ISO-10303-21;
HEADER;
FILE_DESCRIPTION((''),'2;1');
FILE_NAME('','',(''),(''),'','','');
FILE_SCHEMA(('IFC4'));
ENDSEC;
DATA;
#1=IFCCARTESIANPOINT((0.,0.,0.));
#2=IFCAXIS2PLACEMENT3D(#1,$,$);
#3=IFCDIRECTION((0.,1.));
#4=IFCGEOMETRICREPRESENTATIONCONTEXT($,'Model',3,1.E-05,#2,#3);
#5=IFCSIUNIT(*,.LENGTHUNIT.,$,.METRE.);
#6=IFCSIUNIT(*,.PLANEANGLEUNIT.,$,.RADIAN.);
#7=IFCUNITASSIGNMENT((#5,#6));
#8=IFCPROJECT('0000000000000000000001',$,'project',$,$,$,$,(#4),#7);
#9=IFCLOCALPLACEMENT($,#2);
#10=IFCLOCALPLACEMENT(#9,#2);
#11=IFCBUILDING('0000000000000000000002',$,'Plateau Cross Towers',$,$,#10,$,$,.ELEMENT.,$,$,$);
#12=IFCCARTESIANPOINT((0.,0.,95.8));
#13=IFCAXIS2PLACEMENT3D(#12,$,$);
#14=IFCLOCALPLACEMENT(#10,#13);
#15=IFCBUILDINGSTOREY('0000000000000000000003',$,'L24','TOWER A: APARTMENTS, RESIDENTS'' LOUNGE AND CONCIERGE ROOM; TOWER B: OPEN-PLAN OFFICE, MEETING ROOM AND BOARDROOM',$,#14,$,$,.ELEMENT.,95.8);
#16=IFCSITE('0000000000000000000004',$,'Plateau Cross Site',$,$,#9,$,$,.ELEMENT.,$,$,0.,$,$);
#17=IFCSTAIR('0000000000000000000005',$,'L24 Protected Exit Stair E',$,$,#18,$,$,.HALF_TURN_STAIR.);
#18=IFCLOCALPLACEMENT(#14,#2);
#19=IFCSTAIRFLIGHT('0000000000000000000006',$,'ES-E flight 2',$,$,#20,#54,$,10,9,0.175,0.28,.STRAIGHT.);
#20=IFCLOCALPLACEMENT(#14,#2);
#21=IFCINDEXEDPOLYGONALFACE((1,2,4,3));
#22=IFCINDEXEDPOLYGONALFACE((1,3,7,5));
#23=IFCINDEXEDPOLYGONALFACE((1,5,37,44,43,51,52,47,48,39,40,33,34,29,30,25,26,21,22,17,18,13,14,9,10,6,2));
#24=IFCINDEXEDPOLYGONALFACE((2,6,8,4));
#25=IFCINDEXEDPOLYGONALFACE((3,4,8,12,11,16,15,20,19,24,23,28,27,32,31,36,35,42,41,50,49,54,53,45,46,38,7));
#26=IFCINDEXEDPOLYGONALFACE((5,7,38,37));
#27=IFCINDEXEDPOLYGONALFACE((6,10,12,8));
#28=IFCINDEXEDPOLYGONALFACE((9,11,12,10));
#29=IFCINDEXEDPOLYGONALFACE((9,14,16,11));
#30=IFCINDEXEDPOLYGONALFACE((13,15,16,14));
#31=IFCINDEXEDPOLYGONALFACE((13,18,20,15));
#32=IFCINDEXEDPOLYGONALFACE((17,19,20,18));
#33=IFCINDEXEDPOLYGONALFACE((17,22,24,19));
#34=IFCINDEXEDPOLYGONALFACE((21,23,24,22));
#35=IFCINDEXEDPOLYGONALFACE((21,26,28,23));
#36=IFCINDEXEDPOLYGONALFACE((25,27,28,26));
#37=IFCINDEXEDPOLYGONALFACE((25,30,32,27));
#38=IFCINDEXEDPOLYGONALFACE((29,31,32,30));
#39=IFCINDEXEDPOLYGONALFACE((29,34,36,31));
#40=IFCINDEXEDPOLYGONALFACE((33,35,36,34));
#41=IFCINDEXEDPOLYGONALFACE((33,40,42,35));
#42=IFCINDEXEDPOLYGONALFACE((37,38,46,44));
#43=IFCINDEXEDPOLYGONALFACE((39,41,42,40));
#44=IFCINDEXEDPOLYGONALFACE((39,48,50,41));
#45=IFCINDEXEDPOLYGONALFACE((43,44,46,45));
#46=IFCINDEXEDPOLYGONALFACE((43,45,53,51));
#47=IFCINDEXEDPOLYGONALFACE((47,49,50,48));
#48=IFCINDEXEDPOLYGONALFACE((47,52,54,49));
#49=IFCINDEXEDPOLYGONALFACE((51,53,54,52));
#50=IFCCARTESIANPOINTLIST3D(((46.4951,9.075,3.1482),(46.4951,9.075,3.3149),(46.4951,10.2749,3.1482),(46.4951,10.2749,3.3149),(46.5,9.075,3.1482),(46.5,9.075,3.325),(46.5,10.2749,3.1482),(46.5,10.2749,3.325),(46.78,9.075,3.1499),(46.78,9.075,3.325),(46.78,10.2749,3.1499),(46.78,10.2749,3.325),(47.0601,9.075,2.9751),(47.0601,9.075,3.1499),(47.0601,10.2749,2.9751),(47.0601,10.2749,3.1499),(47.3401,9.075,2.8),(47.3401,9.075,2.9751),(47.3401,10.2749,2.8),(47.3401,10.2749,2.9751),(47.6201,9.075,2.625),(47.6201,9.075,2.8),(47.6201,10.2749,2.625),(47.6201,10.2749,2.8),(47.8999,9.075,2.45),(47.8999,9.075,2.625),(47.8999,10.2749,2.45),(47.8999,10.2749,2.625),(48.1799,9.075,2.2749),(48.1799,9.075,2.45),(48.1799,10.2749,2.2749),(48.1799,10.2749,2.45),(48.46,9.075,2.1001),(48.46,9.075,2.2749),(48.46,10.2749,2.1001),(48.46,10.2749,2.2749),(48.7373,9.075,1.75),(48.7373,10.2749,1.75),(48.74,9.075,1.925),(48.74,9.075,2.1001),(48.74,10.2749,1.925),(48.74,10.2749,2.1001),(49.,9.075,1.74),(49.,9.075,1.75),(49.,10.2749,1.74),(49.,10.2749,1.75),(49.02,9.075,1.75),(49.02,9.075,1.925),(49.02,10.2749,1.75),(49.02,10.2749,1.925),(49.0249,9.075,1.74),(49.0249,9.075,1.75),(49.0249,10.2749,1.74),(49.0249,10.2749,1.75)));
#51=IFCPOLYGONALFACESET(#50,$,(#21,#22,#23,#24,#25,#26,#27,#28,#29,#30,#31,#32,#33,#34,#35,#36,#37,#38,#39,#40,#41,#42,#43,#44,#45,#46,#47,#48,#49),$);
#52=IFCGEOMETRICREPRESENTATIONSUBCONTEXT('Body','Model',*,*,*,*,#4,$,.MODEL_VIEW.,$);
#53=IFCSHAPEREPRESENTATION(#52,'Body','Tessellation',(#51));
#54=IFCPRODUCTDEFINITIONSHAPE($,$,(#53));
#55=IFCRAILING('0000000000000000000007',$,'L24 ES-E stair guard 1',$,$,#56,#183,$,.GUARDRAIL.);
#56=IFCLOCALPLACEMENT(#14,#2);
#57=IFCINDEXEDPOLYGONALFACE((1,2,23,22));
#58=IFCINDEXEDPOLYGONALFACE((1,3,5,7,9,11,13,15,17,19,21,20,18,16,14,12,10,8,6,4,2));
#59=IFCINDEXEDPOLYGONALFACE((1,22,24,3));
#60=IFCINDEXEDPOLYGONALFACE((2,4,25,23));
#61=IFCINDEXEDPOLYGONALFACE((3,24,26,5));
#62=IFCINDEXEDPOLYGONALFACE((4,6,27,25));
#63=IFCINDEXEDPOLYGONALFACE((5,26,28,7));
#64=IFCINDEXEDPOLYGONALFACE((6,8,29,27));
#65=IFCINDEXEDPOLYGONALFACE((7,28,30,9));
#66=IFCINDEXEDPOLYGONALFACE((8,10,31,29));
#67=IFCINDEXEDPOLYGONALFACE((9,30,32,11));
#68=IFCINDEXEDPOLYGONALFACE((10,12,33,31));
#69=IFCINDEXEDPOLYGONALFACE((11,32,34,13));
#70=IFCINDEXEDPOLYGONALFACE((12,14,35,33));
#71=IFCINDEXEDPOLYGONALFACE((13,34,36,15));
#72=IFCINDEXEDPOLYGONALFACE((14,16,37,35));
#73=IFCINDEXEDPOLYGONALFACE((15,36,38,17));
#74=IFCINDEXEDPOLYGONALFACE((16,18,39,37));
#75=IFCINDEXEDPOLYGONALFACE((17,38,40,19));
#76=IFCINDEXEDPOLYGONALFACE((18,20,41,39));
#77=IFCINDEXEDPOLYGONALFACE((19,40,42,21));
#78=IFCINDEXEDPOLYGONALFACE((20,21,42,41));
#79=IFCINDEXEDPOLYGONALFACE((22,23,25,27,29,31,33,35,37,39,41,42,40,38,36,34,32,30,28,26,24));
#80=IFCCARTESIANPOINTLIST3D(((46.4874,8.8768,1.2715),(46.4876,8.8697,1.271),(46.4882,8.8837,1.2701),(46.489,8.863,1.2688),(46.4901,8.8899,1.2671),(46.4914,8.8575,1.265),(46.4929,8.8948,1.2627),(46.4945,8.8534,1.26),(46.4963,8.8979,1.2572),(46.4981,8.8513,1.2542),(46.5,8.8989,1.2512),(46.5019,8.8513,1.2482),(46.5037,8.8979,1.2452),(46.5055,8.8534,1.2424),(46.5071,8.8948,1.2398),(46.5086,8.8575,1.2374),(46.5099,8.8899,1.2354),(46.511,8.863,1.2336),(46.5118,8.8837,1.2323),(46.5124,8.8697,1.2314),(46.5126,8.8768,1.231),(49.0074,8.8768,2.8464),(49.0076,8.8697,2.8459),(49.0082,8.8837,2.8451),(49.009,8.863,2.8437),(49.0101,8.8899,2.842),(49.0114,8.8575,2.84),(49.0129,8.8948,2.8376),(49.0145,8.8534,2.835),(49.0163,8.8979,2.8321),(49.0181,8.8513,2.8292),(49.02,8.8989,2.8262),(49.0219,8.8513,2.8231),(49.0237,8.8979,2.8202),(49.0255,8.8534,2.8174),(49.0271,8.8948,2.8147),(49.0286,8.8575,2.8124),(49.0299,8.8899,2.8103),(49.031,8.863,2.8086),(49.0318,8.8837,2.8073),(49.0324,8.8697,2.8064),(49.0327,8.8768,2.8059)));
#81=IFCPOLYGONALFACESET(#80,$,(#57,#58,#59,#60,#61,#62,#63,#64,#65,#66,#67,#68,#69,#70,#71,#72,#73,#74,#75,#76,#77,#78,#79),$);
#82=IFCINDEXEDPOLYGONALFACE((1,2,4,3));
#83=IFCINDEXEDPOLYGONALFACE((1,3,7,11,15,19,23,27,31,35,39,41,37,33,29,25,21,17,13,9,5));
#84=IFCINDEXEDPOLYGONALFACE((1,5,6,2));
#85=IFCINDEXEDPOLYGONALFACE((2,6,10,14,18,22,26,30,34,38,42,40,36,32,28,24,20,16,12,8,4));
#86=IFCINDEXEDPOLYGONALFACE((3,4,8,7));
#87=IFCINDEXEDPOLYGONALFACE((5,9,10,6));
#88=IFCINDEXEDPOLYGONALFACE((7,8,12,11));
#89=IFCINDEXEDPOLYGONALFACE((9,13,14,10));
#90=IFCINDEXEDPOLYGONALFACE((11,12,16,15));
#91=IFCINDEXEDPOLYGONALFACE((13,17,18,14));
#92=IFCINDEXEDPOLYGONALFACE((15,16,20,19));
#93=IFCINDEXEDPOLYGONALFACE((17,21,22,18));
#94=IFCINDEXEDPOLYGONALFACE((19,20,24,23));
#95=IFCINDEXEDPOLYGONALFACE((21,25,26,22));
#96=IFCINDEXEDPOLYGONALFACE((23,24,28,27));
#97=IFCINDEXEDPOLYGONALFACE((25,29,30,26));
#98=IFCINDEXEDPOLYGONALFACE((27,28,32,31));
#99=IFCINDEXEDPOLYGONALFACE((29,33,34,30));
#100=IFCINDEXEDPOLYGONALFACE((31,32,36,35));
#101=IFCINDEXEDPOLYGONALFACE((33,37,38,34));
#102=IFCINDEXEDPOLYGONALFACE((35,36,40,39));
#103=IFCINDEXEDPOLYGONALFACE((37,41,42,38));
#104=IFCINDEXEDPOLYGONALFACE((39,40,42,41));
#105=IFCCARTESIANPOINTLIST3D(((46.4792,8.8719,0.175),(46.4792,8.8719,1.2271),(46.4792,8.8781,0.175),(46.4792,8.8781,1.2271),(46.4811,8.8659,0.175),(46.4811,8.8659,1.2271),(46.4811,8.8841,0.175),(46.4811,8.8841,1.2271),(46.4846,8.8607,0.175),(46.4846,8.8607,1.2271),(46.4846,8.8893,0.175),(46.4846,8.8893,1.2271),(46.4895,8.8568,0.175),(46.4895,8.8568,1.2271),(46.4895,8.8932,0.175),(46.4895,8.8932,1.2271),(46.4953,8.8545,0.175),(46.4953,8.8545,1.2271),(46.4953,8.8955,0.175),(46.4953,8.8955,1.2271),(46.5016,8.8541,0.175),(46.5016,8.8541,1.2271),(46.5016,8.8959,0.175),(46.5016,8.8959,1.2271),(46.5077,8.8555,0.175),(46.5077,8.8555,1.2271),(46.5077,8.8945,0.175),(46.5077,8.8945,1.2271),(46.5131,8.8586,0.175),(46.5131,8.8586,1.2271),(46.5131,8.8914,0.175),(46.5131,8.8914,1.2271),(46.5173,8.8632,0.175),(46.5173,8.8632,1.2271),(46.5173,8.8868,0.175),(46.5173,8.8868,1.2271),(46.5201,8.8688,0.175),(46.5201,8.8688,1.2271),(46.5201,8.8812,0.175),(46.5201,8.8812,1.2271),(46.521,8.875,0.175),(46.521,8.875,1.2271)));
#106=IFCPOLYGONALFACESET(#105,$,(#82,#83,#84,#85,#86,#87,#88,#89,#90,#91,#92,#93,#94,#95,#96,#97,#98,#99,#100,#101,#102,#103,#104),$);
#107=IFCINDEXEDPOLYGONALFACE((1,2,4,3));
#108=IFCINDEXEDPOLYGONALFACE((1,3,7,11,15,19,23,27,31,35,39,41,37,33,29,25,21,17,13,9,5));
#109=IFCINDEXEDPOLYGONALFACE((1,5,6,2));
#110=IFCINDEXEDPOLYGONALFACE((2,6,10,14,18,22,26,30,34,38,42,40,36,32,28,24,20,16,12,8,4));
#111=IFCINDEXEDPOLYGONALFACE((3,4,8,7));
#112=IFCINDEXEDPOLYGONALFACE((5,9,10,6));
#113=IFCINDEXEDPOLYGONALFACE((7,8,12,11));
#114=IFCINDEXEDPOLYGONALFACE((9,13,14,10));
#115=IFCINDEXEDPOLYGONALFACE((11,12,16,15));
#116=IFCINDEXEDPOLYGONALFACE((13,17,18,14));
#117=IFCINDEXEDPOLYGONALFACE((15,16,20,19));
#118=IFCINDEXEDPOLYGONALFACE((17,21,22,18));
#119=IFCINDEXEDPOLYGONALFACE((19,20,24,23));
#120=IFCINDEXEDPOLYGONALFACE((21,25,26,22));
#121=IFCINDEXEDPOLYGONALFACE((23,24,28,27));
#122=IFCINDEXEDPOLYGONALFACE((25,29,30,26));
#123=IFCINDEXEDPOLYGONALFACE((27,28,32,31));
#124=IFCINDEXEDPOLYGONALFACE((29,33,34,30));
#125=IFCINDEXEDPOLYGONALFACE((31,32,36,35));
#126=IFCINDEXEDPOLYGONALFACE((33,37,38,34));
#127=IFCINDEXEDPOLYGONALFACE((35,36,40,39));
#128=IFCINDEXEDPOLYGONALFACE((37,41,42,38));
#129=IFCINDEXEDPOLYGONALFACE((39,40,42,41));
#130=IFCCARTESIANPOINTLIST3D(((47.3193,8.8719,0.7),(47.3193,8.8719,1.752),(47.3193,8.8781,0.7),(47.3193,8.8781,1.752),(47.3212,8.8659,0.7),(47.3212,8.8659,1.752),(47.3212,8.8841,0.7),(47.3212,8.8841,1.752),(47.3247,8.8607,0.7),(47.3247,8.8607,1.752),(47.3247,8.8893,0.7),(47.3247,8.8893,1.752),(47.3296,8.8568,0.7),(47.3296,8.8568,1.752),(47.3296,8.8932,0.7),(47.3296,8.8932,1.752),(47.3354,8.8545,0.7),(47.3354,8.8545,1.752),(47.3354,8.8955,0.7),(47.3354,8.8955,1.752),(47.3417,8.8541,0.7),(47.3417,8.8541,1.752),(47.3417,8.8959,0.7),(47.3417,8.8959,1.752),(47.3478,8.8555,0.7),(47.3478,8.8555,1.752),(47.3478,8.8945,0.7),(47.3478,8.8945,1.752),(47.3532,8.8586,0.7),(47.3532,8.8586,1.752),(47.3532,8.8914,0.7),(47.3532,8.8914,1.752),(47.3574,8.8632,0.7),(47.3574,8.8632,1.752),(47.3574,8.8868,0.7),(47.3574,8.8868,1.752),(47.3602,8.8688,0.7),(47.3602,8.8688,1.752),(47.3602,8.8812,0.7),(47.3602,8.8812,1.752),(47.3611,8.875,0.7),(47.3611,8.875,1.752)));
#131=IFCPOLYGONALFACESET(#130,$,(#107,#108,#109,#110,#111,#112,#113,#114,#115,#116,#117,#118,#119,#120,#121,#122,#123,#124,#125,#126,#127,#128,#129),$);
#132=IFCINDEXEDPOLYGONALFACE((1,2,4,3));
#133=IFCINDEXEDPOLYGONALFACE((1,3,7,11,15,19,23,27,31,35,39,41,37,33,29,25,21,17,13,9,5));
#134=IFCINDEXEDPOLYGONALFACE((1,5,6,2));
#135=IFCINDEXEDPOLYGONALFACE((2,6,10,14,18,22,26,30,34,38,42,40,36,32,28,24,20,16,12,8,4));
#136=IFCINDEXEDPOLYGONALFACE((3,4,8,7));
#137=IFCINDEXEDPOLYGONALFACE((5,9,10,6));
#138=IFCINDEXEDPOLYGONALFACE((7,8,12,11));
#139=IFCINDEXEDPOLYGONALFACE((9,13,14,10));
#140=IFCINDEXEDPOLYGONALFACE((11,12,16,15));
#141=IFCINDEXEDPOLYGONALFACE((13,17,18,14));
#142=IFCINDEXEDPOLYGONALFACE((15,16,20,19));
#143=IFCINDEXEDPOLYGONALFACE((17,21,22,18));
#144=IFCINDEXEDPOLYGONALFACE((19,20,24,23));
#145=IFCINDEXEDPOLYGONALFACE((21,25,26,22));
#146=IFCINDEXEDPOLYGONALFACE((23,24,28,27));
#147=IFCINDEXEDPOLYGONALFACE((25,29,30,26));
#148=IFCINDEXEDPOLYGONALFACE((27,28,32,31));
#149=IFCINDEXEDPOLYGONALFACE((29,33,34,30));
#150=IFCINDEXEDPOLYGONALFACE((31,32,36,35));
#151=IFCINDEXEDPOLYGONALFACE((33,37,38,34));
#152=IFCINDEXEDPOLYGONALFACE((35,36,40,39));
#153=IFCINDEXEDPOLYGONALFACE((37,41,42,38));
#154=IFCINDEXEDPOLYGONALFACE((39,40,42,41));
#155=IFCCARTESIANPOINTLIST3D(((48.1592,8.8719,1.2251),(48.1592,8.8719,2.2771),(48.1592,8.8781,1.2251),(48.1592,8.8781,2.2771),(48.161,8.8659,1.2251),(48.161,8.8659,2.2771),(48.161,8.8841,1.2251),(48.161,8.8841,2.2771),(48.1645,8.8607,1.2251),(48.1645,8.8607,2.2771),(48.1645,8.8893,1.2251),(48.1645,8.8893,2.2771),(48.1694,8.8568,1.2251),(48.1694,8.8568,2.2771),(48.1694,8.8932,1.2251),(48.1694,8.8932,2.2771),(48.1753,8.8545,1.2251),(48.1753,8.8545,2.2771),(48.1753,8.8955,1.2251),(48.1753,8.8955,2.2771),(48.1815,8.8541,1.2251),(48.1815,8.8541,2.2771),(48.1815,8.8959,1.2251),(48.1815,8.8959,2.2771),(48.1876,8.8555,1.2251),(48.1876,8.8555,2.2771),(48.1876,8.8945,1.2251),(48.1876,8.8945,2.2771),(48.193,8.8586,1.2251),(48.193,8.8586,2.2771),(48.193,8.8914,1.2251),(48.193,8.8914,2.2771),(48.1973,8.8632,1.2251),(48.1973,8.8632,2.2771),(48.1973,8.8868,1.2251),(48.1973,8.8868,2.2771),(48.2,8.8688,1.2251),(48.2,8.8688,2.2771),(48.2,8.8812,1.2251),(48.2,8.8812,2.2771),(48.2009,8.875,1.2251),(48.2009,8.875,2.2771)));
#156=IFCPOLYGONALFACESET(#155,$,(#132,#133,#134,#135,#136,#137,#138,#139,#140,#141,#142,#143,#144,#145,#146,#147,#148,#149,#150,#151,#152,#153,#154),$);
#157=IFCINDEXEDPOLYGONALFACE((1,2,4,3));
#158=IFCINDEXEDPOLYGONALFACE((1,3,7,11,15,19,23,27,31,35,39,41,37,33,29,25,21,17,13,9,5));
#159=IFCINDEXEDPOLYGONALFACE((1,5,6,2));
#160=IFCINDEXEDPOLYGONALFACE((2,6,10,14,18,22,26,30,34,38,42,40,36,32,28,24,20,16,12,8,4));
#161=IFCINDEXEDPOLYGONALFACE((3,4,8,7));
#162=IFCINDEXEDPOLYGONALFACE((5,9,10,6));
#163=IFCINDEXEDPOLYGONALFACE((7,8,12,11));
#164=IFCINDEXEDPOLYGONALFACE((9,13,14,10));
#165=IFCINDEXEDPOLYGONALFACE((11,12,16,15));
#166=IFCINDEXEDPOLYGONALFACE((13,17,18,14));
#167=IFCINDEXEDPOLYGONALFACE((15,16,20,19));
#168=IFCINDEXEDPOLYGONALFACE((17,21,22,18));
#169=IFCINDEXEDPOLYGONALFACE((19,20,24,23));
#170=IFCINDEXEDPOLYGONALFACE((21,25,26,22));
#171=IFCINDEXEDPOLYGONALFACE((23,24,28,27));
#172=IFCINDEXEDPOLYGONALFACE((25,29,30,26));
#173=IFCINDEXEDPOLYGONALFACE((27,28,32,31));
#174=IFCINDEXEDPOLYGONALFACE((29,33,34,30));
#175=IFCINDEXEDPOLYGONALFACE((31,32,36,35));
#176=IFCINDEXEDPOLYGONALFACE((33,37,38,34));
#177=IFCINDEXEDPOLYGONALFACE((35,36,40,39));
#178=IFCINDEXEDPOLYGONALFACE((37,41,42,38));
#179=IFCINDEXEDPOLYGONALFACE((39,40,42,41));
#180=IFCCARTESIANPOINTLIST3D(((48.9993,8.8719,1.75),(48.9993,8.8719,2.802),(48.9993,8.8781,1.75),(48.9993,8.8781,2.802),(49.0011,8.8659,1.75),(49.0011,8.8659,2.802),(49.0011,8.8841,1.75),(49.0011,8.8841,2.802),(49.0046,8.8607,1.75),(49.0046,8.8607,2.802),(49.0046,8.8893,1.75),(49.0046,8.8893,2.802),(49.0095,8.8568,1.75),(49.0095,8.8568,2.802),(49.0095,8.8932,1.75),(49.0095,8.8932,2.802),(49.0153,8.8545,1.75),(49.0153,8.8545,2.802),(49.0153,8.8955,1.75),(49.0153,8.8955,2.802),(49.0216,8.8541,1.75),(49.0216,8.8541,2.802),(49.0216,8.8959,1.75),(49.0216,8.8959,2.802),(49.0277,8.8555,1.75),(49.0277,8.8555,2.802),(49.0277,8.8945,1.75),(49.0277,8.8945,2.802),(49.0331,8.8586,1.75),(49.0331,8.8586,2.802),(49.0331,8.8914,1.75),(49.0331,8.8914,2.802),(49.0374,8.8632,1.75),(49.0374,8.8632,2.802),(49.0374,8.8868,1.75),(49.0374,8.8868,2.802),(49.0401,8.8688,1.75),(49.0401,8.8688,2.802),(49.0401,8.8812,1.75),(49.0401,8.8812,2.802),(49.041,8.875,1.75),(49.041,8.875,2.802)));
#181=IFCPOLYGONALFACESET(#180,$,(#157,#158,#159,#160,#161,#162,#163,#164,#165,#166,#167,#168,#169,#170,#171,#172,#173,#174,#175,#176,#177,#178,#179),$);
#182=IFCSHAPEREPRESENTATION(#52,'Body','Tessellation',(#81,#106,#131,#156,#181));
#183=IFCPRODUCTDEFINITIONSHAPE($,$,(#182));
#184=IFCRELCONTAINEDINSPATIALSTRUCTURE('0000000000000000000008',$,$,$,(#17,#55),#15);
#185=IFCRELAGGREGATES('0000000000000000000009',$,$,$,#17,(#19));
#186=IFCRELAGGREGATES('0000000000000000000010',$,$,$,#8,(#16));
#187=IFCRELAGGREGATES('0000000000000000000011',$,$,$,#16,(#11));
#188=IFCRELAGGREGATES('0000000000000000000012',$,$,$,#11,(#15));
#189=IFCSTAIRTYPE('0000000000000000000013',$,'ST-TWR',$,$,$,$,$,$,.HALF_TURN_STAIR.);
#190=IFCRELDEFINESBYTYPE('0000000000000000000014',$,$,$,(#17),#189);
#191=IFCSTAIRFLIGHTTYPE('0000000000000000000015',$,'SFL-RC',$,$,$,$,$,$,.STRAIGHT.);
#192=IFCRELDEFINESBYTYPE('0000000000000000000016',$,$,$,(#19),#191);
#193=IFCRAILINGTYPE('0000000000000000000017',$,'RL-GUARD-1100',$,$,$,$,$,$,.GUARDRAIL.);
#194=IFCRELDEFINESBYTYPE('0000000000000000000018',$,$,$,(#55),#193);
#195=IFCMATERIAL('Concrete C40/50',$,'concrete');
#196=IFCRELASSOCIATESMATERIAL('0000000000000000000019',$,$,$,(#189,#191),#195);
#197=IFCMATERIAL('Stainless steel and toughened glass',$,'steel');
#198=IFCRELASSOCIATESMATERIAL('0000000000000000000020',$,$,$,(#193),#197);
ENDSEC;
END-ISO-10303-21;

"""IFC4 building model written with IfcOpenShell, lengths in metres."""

from ifc_helpers import new_model, si_unit, direction, frame, origin, origin_2d, place, context, subcontext, project, spatial, polyline, circle, outline, extrude, material, type_object, element, aggregate, save


model = new_model("IFC4")

# Units and contexts
model_context = context("Model", 3, precision=1e-05, world=origin(), true_north=direction((0.0, 1.0)))
body_context = subcontext(model_context, "Body", "Model", "MODEL_VIEW")
ifc_project = project(units=[si_unit("LENGTHUNIT", "METRE"), si_unit("PLANEANGLEUNIT", "RADIAN")], contexts=[model_context])

# Site, building, storey
site_placement = place(None, origin())
site = spatial("IfcSite", under=ifc_project, at=site_placement, Name="Plateau Cross Site", CompositionType="ELEMENT", RefElevation=0.0)
building_placement = place(site_placement, origin())
building = spatial("IfcBuilding", under=site, at=building_placement, Name="Plateau Cross Towers", CompositionType="ELEMENT")
storey_placement = place(building_placement, frame((0.0, 0.0, 95.8)))
storey = spatial("IfcBuildingStorey", under=building, at=storey_placement, Name="L24", Description="TOWER A: APARTMENTS, RESIDENTS' LOUNGE AND CONCIERGE ROOM; TOWER B: OPEN-PLAN OFFICE, MEETING ROOM AND BOARDROOM", CompositionType="ELEMENT", Elevation=95.8)

# Stair, stair flight
ifc_material_1 = material(Name="Concrete C40/50", Category="concrete")
stair_type = type_object("IfcStairType", Name="ST-TWR", PredefinedType="HALF_TURN_STAIR", material=ifc_material_1)
stair_placement = place(storey_placement, origin())
stair = element("IfcStair", 1, at=stair_placement, inside=storey, type_object=stair_type, Name="L24 Protected Exit Stair E", PredefinedType="HALF_TURN_STAIR")
stair_flight_type = type_object("IfcStairFlightType", Name="SFL-RC", PredefinedType="STRAIGHT", material=ifc_material_1)
stair_flight_placement = place(storey_placement, frame((49.02, 9.675, 1.75), z_axis=(0.0, 0.0, 1.0), x_axis=(-1.0, 0.0, 0.0)))
stair_flight = element("IfcStairFlight", 2, at=stair_flight_placement, type_object=stair_flight_type, Name="ES-E flight 2", NumberOfRisers=10, NumberOfTreads=9, PredefinedType="STRAIGHT", RiserHeight=0.175, TreadLength=0.28, context=body_context, shape_type="SweptSolid", body=[
    extrude(outline(polyline([(-0.0049, -0.01), (-0.0049, 0.0), (0.0, 0.0), (0.0, 0.175), (0.28, 0.175), (0.28, 0.3501), (0.5601, 0.3501), (0.5601, 0.5249), (0.8401, 0.5249), (0.8401, 0.7), (1.1201, 0.7), (1.1201, 0.875), (1.3999, 0.875), (1.3999, 1.05), (1.6799, 1.05), (1.6799, 1.2251), (1.96, 1.2251), (1.96, 1.3999), (2.24, 1.3999), (2.24, 1.575), (2.52, 1.575), (2.5249, 1.5649), (2.5249, 1.3982), (2.52, 1.3982), (0.2827, 0.0), (0.02, 0.0), (0.02, -0.01), (-0.0049, -0.01)])), frame((0.0, 0.6001, 0.0), z_axis=(0.0, -1.0, 0.0), x_axis=(1.0, 0.0, 0.0)), (0.0, 0.0, 1.0), 1.2),
])
aggregate(stair, [stair_flight])

# Railing
ifc_material_2 = material(Name="Stainless steel and toughened glass", Category="steel")
railing_type_1 = type_object("IfcRailingType", Name="RL-GUARD-1100", PredefinedType="GUARDRAIL", material=ifc_material_2)
railing_1_placement = place(storey_placement, frame((46.5, 8.875, 0.175)))
element("IfcRailing", 3, at=railing_1_placement, inside=storey, type_object=railing_type_1, Name="L24 ES-E stair guard 1", PredefinedType="GUARDRAIL", context=body_context, shape_type="SweptSolid", body=[
    extrude(circle(Radius=0.0239, at=origin_2d()), frame((0.0, 0.0, 1.0762), z_axis=(0.848008, 0.0, 0.529984), x_axis=(0.0, 1.0, 0.0)), (0.0, 0.0, 1.0), 2.9717),
    extrude(circle(Radius=0.021, at=origin_2d()), origin(), (0.0, 0.0, 1.0), 1.052),
    extrude(circle(Radius=0.021, at=origin_2d()), frame((0.8401, 0.0, 0.5249)), (0.0, 0.0, 1.0), 1.052),
    extrude(circle(Radius=0.021, at=origin_2d()), frame((1.6799, 0.0, 1.05)), (0.0, 0.0, 1.0), 1.052),
    extrude(circle(Radius=0.021, at=origin_2d()), frame((2.52, 0.0, 1.575)), (0.0, 0.0, 1.0), 1.052),
])

save(model, "model.ifc")
